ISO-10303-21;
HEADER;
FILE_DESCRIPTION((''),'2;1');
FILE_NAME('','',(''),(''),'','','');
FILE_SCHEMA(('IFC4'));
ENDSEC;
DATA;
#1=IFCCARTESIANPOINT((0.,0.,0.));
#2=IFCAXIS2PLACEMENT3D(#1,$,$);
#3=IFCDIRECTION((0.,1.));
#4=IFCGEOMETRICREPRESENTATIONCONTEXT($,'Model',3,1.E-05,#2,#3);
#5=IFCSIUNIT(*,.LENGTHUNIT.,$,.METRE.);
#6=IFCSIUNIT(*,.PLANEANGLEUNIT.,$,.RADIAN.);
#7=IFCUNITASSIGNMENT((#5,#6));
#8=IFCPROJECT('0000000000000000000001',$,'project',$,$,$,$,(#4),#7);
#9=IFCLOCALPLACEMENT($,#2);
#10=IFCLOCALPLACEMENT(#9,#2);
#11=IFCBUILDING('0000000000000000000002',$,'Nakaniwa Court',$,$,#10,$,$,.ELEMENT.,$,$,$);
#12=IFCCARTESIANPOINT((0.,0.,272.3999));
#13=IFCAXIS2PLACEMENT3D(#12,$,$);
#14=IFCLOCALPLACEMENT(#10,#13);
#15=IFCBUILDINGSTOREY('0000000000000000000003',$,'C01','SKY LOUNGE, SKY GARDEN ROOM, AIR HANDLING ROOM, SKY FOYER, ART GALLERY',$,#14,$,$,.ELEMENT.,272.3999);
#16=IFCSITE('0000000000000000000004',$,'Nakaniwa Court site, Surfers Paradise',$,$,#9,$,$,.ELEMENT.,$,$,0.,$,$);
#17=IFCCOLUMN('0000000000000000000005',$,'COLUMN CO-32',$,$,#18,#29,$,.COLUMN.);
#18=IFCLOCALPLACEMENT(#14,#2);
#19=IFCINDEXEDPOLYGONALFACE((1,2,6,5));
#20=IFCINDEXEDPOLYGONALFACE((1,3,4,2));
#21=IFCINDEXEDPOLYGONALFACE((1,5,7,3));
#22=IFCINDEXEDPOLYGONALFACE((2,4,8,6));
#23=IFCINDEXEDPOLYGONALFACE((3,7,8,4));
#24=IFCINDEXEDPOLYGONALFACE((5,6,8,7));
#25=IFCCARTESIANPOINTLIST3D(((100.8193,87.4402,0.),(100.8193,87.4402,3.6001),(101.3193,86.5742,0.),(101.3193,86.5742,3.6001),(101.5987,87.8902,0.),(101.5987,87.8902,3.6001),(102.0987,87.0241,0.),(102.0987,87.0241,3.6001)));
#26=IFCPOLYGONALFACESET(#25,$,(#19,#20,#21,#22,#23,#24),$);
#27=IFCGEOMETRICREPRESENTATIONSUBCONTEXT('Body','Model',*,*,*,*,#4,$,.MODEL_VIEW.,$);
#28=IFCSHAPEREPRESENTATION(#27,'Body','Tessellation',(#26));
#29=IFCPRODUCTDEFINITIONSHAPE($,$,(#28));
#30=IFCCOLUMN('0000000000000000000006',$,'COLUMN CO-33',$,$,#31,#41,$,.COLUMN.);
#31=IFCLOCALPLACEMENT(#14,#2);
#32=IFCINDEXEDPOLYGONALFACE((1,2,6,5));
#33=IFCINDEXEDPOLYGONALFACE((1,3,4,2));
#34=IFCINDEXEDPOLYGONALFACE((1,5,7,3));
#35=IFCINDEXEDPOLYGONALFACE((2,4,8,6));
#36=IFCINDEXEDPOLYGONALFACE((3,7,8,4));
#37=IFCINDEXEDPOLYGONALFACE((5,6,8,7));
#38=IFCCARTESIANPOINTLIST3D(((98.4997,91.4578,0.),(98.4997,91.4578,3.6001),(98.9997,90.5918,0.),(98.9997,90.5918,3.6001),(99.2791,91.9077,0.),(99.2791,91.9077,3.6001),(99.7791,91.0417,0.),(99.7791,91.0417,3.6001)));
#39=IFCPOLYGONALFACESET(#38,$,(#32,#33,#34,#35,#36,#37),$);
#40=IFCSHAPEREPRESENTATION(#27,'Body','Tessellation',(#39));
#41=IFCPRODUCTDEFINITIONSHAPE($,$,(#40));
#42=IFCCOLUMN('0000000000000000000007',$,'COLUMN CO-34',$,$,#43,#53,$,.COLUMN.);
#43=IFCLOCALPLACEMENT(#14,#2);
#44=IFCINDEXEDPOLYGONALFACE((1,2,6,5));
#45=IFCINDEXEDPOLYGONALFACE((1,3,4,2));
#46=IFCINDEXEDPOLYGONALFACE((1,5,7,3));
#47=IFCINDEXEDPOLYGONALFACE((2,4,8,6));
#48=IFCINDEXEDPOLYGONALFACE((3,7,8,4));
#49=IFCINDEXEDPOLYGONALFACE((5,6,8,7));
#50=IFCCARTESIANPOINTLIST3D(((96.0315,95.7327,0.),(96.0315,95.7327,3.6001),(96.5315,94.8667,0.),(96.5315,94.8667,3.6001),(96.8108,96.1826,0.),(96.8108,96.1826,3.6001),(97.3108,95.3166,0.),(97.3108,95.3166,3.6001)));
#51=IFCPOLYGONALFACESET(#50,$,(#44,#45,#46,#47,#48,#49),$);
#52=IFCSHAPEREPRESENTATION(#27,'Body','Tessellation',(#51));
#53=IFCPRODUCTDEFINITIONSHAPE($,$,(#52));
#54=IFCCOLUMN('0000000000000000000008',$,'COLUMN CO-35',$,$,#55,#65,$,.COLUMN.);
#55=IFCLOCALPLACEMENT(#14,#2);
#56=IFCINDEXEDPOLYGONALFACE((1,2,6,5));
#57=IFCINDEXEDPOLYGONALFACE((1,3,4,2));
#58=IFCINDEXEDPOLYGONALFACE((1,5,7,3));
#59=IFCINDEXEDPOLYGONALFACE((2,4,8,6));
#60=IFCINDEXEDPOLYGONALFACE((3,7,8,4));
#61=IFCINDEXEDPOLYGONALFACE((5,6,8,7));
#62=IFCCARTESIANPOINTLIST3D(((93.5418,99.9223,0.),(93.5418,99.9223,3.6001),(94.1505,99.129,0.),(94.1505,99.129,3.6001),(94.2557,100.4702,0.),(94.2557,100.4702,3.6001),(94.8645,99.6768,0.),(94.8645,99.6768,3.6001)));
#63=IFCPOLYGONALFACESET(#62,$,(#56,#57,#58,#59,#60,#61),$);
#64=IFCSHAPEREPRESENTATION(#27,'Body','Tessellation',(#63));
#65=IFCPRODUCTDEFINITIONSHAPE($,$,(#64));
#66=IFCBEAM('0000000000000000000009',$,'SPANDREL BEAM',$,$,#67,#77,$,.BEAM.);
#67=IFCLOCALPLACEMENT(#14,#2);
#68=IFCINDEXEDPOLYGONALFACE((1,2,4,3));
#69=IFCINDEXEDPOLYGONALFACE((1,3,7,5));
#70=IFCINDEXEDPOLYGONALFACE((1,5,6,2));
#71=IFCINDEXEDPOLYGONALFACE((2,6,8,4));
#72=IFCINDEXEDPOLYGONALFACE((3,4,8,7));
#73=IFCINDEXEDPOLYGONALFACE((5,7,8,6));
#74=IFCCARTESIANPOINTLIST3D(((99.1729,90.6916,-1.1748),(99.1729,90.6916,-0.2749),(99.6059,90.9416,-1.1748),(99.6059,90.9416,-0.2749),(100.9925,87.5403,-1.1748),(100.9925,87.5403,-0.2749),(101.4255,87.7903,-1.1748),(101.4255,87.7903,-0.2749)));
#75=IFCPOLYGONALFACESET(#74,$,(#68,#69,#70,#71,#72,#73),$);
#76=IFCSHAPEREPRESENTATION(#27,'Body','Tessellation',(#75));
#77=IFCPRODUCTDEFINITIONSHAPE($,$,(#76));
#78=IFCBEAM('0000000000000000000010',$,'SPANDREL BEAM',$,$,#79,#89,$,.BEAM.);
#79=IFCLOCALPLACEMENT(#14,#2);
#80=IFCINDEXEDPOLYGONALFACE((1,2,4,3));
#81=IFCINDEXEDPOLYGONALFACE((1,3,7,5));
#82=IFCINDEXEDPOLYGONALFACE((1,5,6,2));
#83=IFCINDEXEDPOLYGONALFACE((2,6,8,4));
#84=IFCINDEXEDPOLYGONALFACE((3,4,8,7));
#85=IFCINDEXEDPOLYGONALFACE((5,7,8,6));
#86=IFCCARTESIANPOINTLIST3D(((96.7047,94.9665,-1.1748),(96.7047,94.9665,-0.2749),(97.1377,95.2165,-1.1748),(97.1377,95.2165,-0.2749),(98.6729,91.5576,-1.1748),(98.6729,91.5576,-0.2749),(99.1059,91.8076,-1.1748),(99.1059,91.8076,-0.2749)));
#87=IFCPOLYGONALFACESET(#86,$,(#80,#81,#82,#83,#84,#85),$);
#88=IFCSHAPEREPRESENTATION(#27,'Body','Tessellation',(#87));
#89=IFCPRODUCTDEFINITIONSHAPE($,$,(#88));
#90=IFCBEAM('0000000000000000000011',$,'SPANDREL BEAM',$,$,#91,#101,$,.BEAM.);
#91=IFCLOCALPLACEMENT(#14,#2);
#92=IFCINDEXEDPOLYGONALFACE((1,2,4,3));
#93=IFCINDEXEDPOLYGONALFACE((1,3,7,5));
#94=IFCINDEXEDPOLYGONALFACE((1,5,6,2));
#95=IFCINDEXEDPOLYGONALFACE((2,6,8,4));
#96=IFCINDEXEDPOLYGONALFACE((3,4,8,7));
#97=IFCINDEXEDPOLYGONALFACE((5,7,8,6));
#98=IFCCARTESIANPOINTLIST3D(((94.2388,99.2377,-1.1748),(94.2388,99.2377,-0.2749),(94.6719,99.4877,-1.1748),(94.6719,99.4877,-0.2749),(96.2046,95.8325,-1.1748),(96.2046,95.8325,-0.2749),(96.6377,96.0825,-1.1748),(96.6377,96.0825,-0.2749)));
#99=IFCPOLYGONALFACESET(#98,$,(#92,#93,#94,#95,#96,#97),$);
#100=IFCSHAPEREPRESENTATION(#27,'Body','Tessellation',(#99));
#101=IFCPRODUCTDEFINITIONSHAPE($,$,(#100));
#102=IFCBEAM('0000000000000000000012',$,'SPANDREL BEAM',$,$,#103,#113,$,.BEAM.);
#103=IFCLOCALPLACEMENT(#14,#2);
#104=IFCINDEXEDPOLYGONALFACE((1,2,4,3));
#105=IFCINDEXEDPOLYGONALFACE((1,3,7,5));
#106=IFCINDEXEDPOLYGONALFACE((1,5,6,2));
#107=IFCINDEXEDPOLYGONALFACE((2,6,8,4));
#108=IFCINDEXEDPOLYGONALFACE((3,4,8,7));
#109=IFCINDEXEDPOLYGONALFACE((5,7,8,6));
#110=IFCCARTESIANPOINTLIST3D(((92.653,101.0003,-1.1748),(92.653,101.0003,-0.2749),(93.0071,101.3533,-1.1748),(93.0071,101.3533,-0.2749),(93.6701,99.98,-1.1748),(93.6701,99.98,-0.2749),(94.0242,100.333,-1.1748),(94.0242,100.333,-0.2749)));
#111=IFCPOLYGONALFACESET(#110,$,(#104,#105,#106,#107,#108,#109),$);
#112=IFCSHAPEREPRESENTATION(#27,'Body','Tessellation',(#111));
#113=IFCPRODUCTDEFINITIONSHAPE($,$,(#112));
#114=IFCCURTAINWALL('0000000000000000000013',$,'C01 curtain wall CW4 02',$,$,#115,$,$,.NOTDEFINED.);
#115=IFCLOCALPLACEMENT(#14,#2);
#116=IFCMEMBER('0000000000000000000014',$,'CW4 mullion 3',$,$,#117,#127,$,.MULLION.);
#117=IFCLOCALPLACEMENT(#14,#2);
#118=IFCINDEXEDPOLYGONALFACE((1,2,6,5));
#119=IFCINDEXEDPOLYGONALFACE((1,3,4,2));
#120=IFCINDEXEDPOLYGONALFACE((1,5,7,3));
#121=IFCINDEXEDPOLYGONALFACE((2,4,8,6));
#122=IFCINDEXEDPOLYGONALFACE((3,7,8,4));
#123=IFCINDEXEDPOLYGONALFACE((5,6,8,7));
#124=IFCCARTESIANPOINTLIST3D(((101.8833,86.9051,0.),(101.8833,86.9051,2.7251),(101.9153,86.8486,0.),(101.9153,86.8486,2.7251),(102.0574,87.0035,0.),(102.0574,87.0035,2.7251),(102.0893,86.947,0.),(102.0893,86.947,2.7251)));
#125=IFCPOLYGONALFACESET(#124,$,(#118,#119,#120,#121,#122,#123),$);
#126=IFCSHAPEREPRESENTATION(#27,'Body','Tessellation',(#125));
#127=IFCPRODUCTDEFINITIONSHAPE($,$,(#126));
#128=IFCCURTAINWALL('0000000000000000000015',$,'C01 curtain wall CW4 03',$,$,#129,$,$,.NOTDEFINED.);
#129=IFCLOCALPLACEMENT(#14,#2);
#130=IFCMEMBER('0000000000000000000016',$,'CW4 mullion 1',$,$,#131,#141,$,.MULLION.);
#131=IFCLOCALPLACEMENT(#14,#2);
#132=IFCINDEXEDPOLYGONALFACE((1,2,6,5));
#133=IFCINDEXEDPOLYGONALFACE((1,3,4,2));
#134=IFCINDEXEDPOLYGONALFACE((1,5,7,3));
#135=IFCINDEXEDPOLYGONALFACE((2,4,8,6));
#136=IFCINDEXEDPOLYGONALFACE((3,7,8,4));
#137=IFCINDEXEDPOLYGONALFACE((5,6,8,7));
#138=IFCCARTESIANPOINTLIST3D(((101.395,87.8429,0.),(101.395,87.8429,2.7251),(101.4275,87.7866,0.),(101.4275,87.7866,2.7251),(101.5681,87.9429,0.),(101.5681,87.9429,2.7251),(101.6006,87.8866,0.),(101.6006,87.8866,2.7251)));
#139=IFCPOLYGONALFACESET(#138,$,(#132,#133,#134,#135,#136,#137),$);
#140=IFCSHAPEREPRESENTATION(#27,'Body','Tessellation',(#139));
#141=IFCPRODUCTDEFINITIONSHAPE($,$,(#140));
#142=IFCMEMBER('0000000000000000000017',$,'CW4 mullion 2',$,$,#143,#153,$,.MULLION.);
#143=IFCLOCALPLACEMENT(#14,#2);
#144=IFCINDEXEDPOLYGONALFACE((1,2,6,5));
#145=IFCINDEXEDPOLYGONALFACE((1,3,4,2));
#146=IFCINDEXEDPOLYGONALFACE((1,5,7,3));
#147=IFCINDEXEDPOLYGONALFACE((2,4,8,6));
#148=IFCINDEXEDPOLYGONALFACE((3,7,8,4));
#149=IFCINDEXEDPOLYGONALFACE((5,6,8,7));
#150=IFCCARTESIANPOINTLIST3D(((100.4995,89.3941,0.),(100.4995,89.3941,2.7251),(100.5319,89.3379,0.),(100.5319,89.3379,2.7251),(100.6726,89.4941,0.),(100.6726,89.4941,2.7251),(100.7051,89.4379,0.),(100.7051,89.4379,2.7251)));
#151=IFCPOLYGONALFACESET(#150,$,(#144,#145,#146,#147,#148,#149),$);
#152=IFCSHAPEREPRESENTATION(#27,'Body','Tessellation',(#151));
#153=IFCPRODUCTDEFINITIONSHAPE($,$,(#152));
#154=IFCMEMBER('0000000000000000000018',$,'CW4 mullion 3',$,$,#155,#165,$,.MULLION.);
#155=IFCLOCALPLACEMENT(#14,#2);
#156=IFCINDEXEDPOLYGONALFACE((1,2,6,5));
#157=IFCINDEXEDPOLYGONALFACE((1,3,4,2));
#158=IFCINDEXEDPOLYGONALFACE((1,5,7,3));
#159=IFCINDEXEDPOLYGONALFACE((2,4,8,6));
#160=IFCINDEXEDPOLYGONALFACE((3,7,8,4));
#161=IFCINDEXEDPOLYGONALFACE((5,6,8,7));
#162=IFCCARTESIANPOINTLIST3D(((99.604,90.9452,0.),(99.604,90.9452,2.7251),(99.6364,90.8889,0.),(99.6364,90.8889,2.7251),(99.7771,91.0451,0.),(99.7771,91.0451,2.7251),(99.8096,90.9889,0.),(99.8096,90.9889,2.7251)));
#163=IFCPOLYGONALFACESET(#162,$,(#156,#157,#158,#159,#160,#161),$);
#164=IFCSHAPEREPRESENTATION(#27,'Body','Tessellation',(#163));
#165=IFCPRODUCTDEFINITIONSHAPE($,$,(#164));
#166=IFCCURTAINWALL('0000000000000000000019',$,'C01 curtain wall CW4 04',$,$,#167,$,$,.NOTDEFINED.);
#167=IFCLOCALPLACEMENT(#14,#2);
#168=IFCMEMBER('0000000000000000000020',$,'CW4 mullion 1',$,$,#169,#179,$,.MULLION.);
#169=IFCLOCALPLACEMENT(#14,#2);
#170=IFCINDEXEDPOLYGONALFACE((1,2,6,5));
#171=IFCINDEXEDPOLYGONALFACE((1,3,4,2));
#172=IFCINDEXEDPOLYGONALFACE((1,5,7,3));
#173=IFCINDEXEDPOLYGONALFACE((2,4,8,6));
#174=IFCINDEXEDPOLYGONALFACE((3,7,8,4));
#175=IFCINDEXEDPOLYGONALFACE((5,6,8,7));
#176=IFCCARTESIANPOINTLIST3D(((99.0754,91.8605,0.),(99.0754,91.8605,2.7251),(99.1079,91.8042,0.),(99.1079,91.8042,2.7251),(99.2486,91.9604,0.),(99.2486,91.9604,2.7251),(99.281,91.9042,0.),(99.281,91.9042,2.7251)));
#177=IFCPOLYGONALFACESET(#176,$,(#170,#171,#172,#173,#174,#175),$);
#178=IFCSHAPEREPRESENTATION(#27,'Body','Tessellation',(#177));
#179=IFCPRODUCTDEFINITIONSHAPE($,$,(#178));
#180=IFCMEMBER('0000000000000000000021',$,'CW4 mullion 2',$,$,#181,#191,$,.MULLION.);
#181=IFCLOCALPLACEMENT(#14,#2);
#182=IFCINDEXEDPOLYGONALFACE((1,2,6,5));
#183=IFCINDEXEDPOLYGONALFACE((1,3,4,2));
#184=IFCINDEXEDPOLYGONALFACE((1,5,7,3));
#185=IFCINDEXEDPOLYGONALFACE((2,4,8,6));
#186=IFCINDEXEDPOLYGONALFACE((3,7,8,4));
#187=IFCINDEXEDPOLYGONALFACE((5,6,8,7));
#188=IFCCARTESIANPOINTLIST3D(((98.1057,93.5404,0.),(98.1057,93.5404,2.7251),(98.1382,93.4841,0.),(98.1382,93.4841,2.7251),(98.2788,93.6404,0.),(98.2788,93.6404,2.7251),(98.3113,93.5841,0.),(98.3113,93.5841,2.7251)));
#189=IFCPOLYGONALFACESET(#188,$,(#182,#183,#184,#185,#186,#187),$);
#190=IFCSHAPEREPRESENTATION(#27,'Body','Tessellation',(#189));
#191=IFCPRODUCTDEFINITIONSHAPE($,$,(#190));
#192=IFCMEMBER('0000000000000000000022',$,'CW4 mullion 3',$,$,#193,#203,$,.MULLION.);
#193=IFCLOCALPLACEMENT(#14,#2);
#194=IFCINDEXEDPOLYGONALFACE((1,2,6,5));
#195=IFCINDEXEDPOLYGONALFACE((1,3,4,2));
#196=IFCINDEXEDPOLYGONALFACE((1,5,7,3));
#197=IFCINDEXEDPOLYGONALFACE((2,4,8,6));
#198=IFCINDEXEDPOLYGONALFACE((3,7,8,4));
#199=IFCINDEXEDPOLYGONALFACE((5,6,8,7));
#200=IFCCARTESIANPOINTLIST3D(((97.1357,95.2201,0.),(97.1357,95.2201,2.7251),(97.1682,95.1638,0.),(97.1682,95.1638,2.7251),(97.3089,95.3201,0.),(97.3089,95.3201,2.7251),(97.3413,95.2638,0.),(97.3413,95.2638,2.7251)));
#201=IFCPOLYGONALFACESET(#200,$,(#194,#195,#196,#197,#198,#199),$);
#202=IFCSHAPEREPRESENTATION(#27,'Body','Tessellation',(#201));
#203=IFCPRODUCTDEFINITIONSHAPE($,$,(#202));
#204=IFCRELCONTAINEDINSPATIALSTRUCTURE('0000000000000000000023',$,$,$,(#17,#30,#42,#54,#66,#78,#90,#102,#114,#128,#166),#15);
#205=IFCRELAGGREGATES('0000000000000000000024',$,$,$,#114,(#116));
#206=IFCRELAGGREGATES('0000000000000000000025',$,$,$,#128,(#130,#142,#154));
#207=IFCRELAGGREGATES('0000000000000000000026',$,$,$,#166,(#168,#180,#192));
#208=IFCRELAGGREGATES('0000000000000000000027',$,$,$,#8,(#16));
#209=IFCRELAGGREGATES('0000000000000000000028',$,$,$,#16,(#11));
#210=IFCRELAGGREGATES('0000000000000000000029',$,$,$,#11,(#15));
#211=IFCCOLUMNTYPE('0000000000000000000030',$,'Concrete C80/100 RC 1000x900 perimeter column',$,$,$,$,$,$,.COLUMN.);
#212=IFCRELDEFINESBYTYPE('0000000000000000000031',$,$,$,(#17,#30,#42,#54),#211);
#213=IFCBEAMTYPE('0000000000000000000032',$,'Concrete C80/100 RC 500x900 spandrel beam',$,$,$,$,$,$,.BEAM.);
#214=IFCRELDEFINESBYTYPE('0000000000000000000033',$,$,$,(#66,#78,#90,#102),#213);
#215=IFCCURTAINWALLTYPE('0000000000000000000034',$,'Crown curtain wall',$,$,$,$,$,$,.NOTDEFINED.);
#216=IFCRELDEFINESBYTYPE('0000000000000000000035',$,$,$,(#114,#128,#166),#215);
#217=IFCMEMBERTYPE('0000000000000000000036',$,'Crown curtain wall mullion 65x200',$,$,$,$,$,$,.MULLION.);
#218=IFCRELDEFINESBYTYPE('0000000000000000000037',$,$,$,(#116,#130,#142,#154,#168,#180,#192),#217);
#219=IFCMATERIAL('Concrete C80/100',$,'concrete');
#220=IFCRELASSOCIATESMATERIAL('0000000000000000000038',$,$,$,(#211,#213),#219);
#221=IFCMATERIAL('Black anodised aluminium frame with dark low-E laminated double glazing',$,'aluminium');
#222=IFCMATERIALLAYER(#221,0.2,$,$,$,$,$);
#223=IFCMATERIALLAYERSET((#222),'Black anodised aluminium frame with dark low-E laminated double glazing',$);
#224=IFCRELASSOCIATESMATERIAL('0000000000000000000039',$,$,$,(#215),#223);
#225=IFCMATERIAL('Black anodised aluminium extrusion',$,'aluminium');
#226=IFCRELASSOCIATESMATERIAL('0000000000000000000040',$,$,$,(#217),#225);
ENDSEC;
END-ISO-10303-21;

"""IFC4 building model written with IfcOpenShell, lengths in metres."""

from ifc_helpers import new_model, si_unit, direction, frame, origin, origin_2d, place, context, subcontext, project, spatial, rectangle, extrude, material, layer, layer_set, material_profile, profile_set, type_object, element, aggregate, save


model = new_model("IFC4")

# Units and contexts
model_context = context("Model", 3, precision=1e-05, world=origin(), true_north=direction((0.0, 1.0)))
body_context = subcontext(model_context, "Body", "Model", "MODEL_VIEW")
ifc_project = project(units=[si_unit("LENGTHUNIT", "METRE"), si_unit("PLANEANGLEUNIT", "RADIAN")], contexts=[model_context])

# Site, building, storey
site_placement = place(None, origin())
site = spatial("IfcSite", under=ifc_project, at=site_placement, Name="Nakaniwa Court site, Surfers Paradise", CompositionType="ELEMENT", RefElevation=0.0)
building_placement = place(site_placement, origin())
building = spatial("IfcBuilding", under=site, at=building_placement, Name="Nakaniwa Court", CompositionType="ELEMENT")
storey_placement = place(building_placement, frame((0.0, 0.0, 272.3999)))
storey = spatial("IfcBuildingStorey", under=building, at=storey_placement, Name="C01", Description="SKY LOUNGE, SKY GARDEN ROOM, AIR HANDLING ROOM, SKY FOYER, ART GALLERY", CompositionType="ELEMENT", Elevation=272.3999)

# Columns
ifc_material_1 = material(Name="Concrete C80/100", Category="concrete")
ifc_material_profile_1 = material_profile(ifc_material_1, rectangle(XDim=1.0, YDim=0.8999, at=origin_2d()), Name="Concrete C80/100 RC 1000x900 perimeter column")
ifc_profile_set_1 = profile_set([ifc_material_profile_1], Name="Concrete C80/100")
column_type = type_object("IfcColumnType", Name="Concrete C80/100 RC 1000x900 perimeter column", PredefinedType="COLUMN", material=ifc_profile_set_1)
for number, where, z_axis, x_axis, name in (
    (1, (101.459, 87.2322, 0.0), (0.0, 0.0, 1.0), (-0.5, 0.866025, 0.0), "COLUMN CO-32"),
    (2, (99.1394, 91.2498, 0.0), (0.0, 0.0, 1.0), (-0.5, 0.866025, 0.0), "COLUMN CO-33"),
    (3, (96.6711, 95.5247, 0.0), (0.0, 0.0, 1.0), (-0.5, 0.866025, 0.0), "COLUMN CO-34"),
    (4, (94.2031, 99.7996, 0.0), (0.0, 0.0, 1.0), (-0.608761, 0.793353, 0.0), "COLUMN CO-35"),
):
    element("IfcColumn", number, at=place(storey_placement, frame(where, z_axis=z_axis, x_axis=x_axis)), inside=storey, type_object=column_type, Name=name, PredefinedType="COLUMN", context=body_context, shape_type="SweptSolid", body=[
        extrude(rectangle(XDim=1.0, YDim=0.8999, at=origin_2d()), origin(), (0.0, 0.0, 1.0), 3.6001),
    ])

# Beams
ifc_material_profile_2 = material_profile(ifc_material_1, rectangle(XDim=0.5, YDim=0.8999, at=origin_2d()), Name="Concrete C80/100 RC 500x900 spandrel beam")
ifc_profile_set_2 = profile_set([ifc_material_profile_2], Name="Concrete C80/100")
beam_type = type_object("IfcBeamType", Name="Concrete C80/100 RC 500x900 spandrel beam", PredefinedType="BEAM", material=ifc_profile_set_2)
beam_1_placement = place(storey_placement, frame((101.209, 87.6653, -0.7249), z_axis=(-0.500028, 0.866009, 0.0), x_axis=(-0.866009, -0.500028, 0.0)))
element("IfcBeam", 5, at=beam_1_placement, inside=storey, type_object=beam_type, Name="SPANDREL BEAM", PredefinedType="BEAM", context=body_context, shape_type="SweptSolid", body=[
    extrude(rectangle(XDim=0.5, YDim=0.8999, at=origin_2d()), origin(), (0.0, 0.0, 1.0), 3.6389),
])
beam_2_placement = place(storey_placement, frame((98.8894, 91.6826, -0.7249), z_axis=(-0.500021, 0.866013, 0.0), x_axis=(-0.866013, -0.500021, 0.0)))
element("IfcBeam", 6, at=beam_2_placement, inside=storey, type_object=beam_type, Name="SPANDREL BEAM", PredefinedType="BEAM", context=body_context, shape_type="SweptSolid", body=[
    extrude(rectangle(XDim=0.5, YDim=0.8999, at=origin_2d()), origin(), (0.0, 0.0, 1.0), 3.9363),
])
beam_3_placement = place(storey_placement, frame((96.4211, 95.9575, -0.7249), z_axis=(-0.499959, 0.866049, 0.0), x_axis=(-0.866049, -0.499959, 0.0)))
element("IfcBeam", 7, at=beam_3_placement, inside=storey, type_object=beam_type, Name="SPANDREL BEAM", PredefinedType="BEAM", context=body_context, shape_type="SweptSolid", body=[
    extrude(rectangle(XDim=0.5, YDim=0.8999, at=origin_2d()), origin(), (0.0, 0.0, 1.0), 3.9319),
])
beam_4_placement = place(storey_placement, frame((93.8472, 100.1565, -0.7249), z_axis=(-0.706004, 0.708207, 0.0), x_axis=(-0.708207, -0.706004, 0.0)))
element("IfcBeam", 8, at=beam_4_placement, inside=storey, type_object=beam_type, Name="SPANDREL BEAM", PredefinedType="BEAM", context=body_context, shape_type="SweptSolid", body=[
    extrude(rectangle(XDim=0.5, YDim=0.8999, at=origin_2d()), origin(), (0.0, 0.0, 1.0), 1.4407),
])

# Curtain wall, member
ifc_material_2 = material(Name="Black anodised aluminium frame with dark low-E laminated double glazing", Category="aluminium")
ifc_layer_1 = layer(ifc_material_2, 0.2)
ifc_layer_set_1 = layer_set([ifc_layer_1], Name="Black anodised aluminium frame with dark low-E laminated double glazing")
curtain_wall_type = type_object("IfcCurtainWallType", Name="Crown curtain wall", PredefinedType="NOTDEFINED", material=ifc_layer_set_1)
curtain_wall_1_placement = place(storey_placement, origin())
curtain_wall_1 = element("IfcCurtainWall", 9, at=curtain_wall_1_placement, inside=storey, type_object=curtain_wall_type, Name="C01 curtain wall CW4 02", PredefinedType="NOTDEFINED")
ifc_material_3 = material(Name="Black anodised aluminium extrusion", Category="aluminium")
ifc_material_profile_3 = material_profile(ifc_material_3, rectangle(XDim=0.2, YDim=0.0649, at=origin_2d()), Name="Crown curtain wall mullion 65x200")
ifc_profile_set_3 = profile_set([ifc_material_profile_3], Name="Black anodised aluminium extrusion")
member_type_1 = type_object("IfcMemberType", Name="Crown curtain wall mullion 65x200", PredefinedType="MULLION", material=ifc_profile_set_3)
member_1_placement = place(storey_placement, frame((101.9863, 86.926, 0.0), z_axis=(0.0, 0.0, 1.0), x_axis=(-0.870495, -0.492177, 0.0)))
member_1 = element("IfcMember", 10, at=member_1_placement, type_object=member_type_1, Name="CW4 mullion 3", PredefinedType="MULLION", context=body_context, shape_type="SweptSolid", body=[
    extrude(rectangle(XDim=0.2, YDim=0.0649, at=origin_2d()), origin(), (0.0, 0.0, 1.0), 2.7251),
])

# Curtain walls, members
curtain_wall_2_placement = place(storey_placement, origin())
curtain_wall_2 = element("IfcCurtainWall", 11, at=curtain_wall_2_placement, inside=storey, type_object=curtain_wall_type, Name="C01 curtain wall CW4 03", PredefinedType="NOTDEFINED")
member_2_placement = place(storey_placement, frame((101.4978, 87.8647, 0.0), z_axis=(0.0, 0.0, 1.0), x_axis=(-0.866033, -0.499987, 0.0)))
member_2 = element("IfcMember", 12, at=member_2_placement, type_object=member_type_1, Name="CW4 mullion 1", PredefinedType="MULLION", context=body_context, shape_type="SweptSolid", body=[
    extrude(rectangle(XDim=0.2, YDim=0.0649, at=origin_2d()), origin(), (0.0, 0.0, 1.0), 2.7251),
])
member_3_placement = place(storey_placement, frame((100.6023, 89.416, 0.0), z_axis=(0.0, 0.0, 1.0), x_axis=(-0.866033, -0.499987, 0.0)))
member_3 = element("IfcMember", 13, at=member_3_placement, type_object=member_type_1, Name="CW4 mullion 2", PredefinedType="MULLION", context=body_context, shape_type="SweptSolid", body=[
    extrude(rectangle(XDim=0.2, YDim=0.0649, at=origin_2d()), origin(), (0.0, 0.0, 1.0), 2.7251),
])
member_4_placement = place(storey_placement, frame((99.7068, 90.967, 0.0), z_axis=(0.0, 0.0, 1.0), x_axis=(-0.866033, -0.499987, 0.0)))
member_4 = element("IfcMember", 14, at=member_4_placement, type_object=member_type_1, Name="CW4 mullion 3", PredefinedType="MULLION", context=body_context, shape_type="SweptSolid", body=[
    extrude(rectangle(XDim=0.2, YDim=0.0649, at=origin_2d()), origin(), (0.0, 0.0, 1.0), 2.7251),
])
curtain_wall_3_placement = place(storey_placement, origin())
curtain_wall_3 = element("IfcCurtainWall", 15, at=curtain_wall_3_placement, inside=storey, type_object=curtain_wall_type, Name="C01 curtain wall CW4 04", PredefinedType="NOTDEFINED")
member_5_placement = place(storey_placement, frame((99.1782, 91.8823, 0.0), z_axis=(0.0, 0.0, 1.0), x_axis=(-0.866016, -0.500017, 0.0)))
member_5 = element("IfcMember", 16, at=member_5_placement, type_object=member_type_1, Name="CW4 mullion 1", PredefinedType="MULLION", context=body_context, shape_type="SweptSolid", body=[
    extrude(rectangle(XDim=0.2, YDim=0.0649, at=origin_2d()), origin(), (0.0, 0.0, 1.0), 2.7251),
])
member_6_placement = place(storey_placement, frame((98.2085, 93.5623, 0.0), z_axis=(0.0, 0.0, 1.0), x_axis=(-0.866016, -0.500017, 0.0)))
member_6 = element("IfcMember", 17, at=member_6_placement, type_object=member_type_1, Name="CW4 mullion 2", PredefinedType="MULLION", context=body_context, shape_type="SweptSolid", body=[
    extrude(rectangle(XDim=0.2, YDim=0.0649, at=origin_2d()), origin(), (0.0, 0.0, 1.0), 2.7251),
])
member_7_placement = place(storey_placement, frame((97.2385, 95.2419, 0.0), z_axis=(0.0, 0.0, 1.0), x_axis=(-0.866016, -0.500017, 0.0)))
member_7 = element("IfcMember", 18, at=member_7_placement, type_object=member_type_1, Name="CW4 mullion 3", PredefinedType="MULLION", context=body_context, shape_type="SweptSolid", body=[
    extrude(rectangle(XDim=0.2, YDim=0.0649, at=origin_2d()), origin(), (0.0, 0.0, 1.0), 2.7251),
])

aggregate(curtain_wall_1, [member_1])
aggregate(curtain_wall_2, [member_2, member_3, member_4])
aggregate(curtain_wall_3, [member_5, member_6, member_7])

save(model, "model.ifc")
